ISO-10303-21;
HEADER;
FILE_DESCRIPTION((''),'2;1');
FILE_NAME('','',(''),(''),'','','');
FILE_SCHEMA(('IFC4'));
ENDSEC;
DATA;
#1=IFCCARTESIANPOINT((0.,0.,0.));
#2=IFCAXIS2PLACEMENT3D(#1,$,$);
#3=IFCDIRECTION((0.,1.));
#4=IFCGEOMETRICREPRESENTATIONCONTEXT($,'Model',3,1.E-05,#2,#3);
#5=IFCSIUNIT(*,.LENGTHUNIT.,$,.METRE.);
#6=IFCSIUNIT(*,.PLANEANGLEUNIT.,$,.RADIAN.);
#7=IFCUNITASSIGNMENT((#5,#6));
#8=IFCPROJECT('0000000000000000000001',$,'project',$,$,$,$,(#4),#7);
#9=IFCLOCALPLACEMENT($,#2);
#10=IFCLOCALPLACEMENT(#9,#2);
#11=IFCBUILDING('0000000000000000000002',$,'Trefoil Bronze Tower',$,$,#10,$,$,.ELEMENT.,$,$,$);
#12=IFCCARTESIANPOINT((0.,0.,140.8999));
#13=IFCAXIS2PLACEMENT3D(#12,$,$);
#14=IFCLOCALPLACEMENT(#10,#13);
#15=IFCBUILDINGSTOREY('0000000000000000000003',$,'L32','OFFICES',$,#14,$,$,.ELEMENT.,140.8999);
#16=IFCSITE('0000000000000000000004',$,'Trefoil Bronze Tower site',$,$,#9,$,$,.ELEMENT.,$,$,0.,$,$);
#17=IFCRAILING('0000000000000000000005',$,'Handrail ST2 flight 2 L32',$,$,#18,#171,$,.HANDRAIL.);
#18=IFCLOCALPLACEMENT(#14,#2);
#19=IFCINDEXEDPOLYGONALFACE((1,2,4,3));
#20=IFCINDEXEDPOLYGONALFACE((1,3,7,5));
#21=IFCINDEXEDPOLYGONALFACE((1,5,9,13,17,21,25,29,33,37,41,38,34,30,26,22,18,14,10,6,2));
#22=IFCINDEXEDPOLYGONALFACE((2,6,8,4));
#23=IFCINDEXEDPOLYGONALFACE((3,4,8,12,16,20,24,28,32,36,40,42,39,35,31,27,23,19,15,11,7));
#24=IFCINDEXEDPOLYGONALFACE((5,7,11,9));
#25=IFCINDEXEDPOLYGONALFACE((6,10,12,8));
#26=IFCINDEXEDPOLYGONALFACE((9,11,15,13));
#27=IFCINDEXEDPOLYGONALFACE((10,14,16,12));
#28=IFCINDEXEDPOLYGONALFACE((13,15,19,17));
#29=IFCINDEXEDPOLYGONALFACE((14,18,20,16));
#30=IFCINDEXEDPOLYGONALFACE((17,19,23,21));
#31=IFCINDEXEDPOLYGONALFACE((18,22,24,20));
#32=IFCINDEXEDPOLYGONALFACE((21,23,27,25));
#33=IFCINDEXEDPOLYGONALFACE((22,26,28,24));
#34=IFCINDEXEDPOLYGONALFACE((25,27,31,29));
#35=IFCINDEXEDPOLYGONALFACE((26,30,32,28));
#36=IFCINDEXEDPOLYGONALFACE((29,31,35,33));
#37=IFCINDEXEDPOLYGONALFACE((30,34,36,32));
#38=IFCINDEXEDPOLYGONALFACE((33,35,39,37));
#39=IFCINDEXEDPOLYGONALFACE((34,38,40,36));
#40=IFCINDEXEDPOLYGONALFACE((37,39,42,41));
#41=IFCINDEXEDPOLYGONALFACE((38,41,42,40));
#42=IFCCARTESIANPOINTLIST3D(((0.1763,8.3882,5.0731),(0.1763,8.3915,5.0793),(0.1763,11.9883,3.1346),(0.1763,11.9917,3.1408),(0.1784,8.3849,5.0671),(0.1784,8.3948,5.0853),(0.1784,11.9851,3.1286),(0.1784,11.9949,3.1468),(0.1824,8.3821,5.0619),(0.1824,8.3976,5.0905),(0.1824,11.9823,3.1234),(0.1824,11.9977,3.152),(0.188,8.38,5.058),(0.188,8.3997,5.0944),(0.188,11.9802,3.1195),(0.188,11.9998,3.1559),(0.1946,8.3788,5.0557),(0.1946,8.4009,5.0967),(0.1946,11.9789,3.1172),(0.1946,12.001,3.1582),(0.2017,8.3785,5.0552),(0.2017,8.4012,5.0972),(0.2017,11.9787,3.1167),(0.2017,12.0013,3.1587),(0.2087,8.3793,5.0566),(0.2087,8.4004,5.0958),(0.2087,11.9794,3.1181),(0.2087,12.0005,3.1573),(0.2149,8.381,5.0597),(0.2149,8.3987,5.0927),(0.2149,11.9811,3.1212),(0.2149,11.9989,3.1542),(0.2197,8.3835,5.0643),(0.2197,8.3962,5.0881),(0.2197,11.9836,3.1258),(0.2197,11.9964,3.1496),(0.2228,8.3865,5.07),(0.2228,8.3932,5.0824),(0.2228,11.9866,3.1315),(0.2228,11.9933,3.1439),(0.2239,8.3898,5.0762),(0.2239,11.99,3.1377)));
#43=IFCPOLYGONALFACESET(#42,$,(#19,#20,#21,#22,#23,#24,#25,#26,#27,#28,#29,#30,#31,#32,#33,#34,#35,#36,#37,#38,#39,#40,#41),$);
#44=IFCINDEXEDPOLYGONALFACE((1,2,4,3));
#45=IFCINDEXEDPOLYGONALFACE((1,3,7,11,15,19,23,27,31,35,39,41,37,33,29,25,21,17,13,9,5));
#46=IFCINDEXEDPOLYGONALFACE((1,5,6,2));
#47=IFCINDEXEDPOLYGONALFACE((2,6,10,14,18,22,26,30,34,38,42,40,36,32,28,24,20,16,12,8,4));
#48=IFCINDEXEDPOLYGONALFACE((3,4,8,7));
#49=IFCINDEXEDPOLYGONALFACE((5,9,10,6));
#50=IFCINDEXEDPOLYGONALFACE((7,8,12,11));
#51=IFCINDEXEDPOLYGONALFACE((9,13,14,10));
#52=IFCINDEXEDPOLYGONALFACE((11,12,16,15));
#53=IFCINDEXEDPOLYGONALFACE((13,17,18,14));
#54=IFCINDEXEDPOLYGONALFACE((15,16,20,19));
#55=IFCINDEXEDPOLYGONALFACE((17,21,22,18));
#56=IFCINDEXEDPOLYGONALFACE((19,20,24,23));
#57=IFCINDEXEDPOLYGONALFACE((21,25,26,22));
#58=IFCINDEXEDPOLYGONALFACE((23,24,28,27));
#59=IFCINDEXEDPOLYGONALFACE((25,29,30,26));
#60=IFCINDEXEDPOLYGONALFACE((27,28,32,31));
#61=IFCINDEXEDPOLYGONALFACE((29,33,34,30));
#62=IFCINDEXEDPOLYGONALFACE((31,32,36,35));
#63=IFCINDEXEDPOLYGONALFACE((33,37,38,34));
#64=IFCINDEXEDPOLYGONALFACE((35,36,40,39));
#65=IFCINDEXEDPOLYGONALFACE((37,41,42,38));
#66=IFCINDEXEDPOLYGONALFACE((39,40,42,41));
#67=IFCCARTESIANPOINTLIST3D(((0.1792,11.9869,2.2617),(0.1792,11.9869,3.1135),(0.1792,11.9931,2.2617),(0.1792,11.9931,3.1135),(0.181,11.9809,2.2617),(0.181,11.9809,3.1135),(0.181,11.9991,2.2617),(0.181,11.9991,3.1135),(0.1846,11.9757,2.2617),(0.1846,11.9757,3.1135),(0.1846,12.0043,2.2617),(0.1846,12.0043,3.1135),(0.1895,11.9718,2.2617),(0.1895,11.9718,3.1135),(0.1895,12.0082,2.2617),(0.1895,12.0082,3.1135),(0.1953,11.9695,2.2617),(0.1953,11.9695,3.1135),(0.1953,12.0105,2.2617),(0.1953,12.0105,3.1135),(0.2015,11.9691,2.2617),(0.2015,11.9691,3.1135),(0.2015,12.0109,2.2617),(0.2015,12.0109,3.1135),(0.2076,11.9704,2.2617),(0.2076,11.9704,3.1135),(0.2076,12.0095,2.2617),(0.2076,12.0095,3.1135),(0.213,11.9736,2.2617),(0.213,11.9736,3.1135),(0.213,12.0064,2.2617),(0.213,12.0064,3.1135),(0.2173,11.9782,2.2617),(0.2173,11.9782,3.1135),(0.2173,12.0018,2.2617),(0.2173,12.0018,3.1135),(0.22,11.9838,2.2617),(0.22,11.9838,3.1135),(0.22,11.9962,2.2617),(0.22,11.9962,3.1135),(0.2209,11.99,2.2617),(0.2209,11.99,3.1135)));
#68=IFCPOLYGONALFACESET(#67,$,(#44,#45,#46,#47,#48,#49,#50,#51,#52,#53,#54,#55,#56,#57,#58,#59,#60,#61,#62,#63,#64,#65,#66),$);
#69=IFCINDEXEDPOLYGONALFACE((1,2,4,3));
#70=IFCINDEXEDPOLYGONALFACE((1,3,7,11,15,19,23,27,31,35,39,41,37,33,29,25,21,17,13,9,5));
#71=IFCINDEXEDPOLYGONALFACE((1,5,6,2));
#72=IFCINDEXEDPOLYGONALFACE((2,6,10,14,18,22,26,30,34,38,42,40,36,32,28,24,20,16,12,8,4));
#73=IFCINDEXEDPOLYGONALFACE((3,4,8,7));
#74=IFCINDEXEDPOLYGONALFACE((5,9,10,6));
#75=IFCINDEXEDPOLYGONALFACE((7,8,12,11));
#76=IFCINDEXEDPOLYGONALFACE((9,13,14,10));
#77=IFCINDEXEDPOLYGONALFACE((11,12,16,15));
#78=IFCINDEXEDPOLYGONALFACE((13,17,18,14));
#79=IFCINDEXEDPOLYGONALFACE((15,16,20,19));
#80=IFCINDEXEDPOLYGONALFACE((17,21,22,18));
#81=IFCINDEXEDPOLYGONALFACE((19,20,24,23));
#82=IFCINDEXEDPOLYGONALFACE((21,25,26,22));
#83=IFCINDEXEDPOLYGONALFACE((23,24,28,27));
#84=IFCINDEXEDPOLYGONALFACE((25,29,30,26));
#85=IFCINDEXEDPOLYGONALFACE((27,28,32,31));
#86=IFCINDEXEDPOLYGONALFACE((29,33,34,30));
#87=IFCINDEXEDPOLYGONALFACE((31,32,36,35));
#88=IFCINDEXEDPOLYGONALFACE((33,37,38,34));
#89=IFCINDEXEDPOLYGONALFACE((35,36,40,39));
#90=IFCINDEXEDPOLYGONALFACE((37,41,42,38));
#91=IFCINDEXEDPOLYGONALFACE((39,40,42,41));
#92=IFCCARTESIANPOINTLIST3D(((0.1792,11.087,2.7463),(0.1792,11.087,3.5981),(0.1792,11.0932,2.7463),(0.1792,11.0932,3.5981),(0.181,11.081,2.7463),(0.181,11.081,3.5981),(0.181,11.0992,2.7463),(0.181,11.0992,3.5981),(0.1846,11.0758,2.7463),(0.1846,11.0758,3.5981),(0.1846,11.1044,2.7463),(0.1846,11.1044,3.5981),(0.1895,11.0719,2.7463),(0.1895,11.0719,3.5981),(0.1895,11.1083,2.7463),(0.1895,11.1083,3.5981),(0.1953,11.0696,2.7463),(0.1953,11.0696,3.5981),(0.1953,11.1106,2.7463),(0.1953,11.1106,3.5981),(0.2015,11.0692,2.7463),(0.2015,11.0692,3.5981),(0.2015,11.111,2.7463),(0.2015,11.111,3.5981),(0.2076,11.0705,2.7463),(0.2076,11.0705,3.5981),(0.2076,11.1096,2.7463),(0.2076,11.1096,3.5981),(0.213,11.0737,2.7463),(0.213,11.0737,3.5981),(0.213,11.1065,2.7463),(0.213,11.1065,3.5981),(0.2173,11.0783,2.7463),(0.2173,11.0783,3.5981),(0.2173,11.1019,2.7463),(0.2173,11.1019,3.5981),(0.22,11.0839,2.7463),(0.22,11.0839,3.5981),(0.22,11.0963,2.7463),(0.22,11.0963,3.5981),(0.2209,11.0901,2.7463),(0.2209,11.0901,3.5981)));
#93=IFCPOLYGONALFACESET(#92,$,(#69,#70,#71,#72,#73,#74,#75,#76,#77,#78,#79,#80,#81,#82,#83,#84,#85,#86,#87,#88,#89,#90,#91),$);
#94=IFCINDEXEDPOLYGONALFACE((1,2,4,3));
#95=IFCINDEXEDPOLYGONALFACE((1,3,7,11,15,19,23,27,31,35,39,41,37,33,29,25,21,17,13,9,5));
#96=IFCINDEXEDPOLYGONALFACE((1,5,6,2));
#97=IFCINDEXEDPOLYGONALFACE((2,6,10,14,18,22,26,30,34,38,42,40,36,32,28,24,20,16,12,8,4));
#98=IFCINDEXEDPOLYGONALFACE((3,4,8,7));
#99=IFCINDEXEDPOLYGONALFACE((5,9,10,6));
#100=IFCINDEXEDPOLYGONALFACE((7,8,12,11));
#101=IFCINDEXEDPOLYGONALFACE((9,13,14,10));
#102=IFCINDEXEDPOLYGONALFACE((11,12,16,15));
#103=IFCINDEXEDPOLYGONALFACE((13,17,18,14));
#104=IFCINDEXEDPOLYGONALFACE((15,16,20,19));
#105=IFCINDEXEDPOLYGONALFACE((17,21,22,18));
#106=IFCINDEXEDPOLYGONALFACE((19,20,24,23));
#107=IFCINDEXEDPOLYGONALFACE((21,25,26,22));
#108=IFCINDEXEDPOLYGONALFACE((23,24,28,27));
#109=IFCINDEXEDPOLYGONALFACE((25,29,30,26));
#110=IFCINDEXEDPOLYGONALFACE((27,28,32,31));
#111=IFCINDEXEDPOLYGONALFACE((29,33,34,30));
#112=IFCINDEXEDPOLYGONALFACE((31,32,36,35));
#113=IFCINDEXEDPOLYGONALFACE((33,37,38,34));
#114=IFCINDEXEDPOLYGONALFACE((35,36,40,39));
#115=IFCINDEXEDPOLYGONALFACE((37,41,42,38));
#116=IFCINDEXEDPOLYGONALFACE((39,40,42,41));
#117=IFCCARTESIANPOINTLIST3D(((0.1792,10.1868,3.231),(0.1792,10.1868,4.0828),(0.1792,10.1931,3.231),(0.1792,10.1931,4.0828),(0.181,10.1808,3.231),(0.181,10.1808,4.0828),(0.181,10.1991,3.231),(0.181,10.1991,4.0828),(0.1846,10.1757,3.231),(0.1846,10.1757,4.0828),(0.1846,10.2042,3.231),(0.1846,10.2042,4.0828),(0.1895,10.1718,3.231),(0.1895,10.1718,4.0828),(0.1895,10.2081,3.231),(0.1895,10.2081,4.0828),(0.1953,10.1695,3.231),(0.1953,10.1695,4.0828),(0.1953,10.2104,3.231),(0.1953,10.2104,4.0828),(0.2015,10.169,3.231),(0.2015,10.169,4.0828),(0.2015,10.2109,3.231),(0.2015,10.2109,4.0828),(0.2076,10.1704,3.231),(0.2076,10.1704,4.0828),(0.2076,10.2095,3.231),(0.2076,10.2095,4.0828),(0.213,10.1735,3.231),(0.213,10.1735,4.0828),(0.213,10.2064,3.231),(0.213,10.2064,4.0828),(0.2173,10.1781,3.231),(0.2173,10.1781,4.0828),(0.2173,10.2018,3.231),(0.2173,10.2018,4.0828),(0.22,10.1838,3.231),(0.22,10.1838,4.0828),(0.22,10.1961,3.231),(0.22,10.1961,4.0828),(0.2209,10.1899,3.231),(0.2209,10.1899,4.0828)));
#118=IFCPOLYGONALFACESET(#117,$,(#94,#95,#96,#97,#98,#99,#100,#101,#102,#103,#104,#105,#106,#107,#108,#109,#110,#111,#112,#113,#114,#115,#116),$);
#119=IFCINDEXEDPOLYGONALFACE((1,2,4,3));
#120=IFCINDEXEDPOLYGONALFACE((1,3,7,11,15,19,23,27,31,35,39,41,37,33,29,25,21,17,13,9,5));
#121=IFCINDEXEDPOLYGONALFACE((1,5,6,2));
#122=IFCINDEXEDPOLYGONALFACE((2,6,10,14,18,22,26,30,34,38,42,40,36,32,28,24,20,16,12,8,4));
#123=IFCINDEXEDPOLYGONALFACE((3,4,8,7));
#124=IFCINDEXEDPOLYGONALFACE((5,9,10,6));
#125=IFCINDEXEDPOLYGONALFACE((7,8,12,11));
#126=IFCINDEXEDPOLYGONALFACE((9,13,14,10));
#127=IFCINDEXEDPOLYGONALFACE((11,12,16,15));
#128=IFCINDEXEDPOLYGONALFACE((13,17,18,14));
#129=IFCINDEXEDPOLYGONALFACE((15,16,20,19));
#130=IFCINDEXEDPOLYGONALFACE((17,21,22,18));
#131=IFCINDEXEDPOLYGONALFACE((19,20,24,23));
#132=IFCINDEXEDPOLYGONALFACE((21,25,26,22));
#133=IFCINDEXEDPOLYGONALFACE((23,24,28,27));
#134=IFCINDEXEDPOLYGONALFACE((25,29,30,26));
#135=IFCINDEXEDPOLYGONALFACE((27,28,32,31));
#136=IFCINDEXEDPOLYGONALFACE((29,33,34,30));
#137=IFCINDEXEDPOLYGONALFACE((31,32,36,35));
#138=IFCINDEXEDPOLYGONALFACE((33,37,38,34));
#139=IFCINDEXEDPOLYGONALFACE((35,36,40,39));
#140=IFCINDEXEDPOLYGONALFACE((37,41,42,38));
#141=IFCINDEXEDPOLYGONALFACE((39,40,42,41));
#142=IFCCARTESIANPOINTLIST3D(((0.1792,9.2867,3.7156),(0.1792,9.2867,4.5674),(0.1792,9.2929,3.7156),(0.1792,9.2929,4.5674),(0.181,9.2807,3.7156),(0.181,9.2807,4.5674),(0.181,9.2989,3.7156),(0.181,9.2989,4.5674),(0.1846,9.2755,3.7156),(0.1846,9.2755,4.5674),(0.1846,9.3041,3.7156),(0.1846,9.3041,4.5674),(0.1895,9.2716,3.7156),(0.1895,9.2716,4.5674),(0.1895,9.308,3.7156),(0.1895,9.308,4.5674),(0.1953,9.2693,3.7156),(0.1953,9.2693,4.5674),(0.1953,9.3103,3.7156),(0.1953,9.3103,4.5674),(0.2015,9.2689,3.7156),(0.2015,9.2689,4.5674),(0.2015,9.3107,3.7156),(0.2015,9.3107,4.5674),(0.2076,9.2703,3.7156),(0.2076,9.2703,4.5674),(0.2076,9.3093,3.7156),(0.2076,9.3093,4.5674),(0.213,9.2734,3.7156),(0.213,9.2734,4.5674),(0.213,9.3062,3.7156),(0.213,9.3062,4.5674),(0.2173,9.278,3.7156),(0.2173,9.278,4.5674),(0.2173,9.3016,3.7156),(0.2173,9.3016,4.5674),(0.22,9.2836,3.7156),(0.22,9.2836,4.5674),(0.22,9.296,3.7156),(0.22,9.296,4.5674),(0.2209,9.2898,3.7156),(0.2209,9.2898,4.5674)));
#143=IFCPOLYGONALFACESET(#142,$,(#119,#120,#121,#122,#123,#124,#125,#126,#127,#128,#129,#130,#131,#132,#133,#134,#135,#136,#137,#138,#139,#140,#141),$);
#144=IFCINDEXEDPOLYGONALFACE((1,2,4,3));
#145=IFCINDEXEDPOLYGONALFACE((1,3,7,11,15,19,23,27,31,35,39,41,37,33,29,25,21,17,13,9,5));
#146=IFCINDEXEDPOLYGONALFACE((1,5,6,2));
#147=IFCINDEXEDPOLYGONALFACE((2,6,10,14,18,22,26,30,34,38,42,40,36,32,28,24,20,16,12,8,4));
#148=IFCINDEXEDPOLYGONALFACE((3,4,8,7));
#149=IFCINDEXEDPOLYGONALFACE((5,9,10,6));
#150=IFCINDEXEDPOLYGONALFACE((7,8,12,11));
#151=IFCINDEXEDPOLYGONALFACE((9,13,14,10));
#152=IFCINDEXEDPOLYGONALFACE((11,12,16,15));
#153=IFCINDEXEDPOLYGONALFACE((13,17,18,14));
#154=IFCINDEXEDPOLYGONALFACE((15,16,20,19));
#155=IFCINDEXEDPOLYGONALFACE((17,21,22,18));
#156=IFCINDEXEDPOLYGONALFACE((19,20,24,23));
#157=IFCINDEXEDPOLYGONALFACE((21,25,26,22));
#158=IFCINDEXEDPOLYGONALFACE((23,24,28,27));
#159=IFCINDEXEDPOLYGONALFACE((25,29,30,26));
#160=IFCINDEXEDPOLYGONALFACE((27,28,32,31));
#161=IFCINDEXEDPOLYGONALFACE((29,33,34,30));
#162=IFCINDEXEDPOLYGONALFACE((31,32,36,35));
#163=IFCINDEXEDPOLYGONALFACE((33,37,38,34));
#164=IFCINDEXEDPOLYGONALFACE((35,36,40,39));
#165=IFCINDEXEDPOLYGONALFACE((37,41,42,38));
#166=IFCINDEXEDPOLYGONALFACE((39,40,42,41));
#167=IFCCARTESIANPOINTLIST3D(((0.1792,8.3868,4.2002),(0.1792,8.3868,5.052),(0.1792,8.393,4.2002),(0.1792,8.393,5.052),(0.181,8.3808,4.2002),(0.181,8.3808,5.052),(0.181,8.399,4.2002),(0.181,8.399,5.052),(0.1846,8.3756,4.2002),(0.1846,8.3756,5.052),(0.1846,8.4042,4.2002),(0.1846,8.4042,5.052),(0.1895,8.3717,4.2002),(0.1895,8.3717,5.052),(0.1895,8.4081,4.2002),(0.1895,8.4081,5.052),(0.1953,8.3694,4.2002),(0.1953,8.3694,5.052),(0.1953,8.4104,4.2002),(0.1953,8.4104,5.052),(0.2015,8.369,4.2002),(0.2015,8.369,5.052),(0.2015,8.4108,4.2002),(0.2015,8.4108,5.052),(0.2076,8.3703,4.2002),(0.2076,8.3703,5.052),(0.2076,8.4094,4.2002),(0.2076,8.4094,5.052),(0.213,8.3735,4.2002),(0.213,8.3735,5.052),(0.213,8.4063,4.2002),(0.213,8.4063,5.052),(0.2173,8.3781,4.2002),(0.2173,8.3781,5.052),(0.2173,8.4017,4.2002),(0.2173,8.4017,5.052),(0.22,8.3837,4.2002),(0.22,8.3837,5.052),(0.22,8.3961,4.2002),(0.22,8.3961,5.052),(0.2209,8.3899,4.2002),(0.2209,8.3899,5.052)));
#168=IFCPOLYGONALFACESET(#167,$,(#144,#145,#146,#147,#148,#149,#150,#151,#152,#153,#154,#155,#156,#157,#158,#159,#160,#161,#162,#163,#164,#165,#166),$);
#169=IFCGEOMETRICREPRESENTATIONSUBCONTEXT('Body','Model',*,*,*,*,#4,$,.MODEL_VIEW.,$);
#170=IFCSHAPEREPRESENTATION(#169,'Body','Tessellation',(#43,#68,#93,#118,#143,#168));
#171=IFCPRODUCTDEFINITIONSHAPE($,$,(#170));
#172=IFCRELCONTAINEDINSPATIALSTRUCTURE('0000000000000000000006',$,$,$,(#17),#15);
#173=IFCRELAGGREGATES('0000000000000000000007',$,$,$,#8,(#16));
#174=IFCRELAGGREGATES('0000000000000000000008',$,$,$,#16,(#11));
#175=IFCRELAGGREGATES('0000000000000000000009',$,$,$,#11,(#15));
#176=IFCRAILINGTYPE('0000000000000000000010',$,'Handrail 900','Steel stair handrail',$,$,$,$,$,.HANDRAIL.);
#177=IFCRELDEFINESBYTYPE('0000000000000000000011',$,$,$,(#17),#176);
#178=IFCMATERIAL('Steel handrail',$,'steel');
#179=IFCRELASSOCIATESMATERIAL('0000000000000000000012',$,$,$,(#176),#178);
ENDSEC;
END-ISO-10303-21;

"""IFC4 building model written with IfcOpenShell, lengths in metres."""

from ifc_helpers import new_model, si_unit, direction, frame, origin, origin_2d, place, context, subcontext, project, spatial, circle, extrude, material, type_object, element, save


model = new_model("IFC4")

# Units and contexts
model_context = context("Model", 3, precision=1e-05, world=origin(), true_north=direction((0.0, 1.0)))
body_context = subcontext(model_context, "Body", "Model", "MODEL_VIEW")
ifc_project = project(units=[si_unit("LENGTHUNIT", "METRE"), si_unit("PLANEANGLEUNIT", "RADIAN")], contexts=[model_context])

# Site, building, storey
site_placement = place(None, origin())
site = spatial("IfcSite", under=ifc_project, at=site_placement, Name="Trefoil Bronze Tower site", CompositionType="ELEMENT", RefElevation=0.0)
building_placement = place(site_placement, origin())
building = spatial("IfcBuilding", under=site, at=building_placement, Name="Trefoil Bronze Tower", CompositionType="ELEMENT")
storey_placement = place(building_placement, frame((0.0, 0.0, 140.8999)))
storey = spatial("IfcBuildingStorey", under=building, at=storey_placement, Name="L32", Description="OFFICES", CompositionType="ELEMENT", Elevation=140.8999)

# Railing
ifc_material_1 = material(Name="Steel handrail", Category="steel")
railing_type = type_object("IfcRailingType", Name="Handrail 900", Description="Steel stair handrail", PredefinedType="HANDRAIL", material=ifc_material_1)
railing_placement = place(storey_placement, frame((0.2, 11.99, 2.2617)))
element("IfcRailing", 1, at=railing_placement, inside=storey, type_object=railing_type, Name="Handrail ST2 flight 2 L32", PredefinedType="HANDRAIL", context=body_context, shape_type="SweptSolid", body=[
    extrude(circle(Radius=0.0239, at=origin_2d()), frame((0.0, 0.0, 0.876), z_axis=(0.0, -0.880475, 0.474093), x_axis=(1.0, 0.0, 0.0)), (0.0, 0.0, 1.0), 4.0889),
    extrude(circle(Radius=0.021, at=origin_2d()), origin(), (0.0, 0.0, 1.0), 0.8518),
    extrude(circle(Radius=0.021, at=origin_2d()), frame((0.0, -0.8999, 0.4846)), (0.0, 0.0, 1.0), 0.8518),
    extrude(circle(Radius=0.021, at=origin_2d()), frame((0.0, -1.8, 0.9692)), (0.0, 0.0, 1.0), 0.8518),
    extrude(circle(Radius=0.021, at=origin_2d()), frame((0.0, -2.7002, 1.4539)), (0.0, 0.0, 1.0), 0.8518),
    extrude(circle(Radius=0.021, at=origin_2d()), frame((0.0, -3.6001, 1.9385)), (0.0, 0.0, 1.0), 0.8518),
])

save(model, "model.ifc")
